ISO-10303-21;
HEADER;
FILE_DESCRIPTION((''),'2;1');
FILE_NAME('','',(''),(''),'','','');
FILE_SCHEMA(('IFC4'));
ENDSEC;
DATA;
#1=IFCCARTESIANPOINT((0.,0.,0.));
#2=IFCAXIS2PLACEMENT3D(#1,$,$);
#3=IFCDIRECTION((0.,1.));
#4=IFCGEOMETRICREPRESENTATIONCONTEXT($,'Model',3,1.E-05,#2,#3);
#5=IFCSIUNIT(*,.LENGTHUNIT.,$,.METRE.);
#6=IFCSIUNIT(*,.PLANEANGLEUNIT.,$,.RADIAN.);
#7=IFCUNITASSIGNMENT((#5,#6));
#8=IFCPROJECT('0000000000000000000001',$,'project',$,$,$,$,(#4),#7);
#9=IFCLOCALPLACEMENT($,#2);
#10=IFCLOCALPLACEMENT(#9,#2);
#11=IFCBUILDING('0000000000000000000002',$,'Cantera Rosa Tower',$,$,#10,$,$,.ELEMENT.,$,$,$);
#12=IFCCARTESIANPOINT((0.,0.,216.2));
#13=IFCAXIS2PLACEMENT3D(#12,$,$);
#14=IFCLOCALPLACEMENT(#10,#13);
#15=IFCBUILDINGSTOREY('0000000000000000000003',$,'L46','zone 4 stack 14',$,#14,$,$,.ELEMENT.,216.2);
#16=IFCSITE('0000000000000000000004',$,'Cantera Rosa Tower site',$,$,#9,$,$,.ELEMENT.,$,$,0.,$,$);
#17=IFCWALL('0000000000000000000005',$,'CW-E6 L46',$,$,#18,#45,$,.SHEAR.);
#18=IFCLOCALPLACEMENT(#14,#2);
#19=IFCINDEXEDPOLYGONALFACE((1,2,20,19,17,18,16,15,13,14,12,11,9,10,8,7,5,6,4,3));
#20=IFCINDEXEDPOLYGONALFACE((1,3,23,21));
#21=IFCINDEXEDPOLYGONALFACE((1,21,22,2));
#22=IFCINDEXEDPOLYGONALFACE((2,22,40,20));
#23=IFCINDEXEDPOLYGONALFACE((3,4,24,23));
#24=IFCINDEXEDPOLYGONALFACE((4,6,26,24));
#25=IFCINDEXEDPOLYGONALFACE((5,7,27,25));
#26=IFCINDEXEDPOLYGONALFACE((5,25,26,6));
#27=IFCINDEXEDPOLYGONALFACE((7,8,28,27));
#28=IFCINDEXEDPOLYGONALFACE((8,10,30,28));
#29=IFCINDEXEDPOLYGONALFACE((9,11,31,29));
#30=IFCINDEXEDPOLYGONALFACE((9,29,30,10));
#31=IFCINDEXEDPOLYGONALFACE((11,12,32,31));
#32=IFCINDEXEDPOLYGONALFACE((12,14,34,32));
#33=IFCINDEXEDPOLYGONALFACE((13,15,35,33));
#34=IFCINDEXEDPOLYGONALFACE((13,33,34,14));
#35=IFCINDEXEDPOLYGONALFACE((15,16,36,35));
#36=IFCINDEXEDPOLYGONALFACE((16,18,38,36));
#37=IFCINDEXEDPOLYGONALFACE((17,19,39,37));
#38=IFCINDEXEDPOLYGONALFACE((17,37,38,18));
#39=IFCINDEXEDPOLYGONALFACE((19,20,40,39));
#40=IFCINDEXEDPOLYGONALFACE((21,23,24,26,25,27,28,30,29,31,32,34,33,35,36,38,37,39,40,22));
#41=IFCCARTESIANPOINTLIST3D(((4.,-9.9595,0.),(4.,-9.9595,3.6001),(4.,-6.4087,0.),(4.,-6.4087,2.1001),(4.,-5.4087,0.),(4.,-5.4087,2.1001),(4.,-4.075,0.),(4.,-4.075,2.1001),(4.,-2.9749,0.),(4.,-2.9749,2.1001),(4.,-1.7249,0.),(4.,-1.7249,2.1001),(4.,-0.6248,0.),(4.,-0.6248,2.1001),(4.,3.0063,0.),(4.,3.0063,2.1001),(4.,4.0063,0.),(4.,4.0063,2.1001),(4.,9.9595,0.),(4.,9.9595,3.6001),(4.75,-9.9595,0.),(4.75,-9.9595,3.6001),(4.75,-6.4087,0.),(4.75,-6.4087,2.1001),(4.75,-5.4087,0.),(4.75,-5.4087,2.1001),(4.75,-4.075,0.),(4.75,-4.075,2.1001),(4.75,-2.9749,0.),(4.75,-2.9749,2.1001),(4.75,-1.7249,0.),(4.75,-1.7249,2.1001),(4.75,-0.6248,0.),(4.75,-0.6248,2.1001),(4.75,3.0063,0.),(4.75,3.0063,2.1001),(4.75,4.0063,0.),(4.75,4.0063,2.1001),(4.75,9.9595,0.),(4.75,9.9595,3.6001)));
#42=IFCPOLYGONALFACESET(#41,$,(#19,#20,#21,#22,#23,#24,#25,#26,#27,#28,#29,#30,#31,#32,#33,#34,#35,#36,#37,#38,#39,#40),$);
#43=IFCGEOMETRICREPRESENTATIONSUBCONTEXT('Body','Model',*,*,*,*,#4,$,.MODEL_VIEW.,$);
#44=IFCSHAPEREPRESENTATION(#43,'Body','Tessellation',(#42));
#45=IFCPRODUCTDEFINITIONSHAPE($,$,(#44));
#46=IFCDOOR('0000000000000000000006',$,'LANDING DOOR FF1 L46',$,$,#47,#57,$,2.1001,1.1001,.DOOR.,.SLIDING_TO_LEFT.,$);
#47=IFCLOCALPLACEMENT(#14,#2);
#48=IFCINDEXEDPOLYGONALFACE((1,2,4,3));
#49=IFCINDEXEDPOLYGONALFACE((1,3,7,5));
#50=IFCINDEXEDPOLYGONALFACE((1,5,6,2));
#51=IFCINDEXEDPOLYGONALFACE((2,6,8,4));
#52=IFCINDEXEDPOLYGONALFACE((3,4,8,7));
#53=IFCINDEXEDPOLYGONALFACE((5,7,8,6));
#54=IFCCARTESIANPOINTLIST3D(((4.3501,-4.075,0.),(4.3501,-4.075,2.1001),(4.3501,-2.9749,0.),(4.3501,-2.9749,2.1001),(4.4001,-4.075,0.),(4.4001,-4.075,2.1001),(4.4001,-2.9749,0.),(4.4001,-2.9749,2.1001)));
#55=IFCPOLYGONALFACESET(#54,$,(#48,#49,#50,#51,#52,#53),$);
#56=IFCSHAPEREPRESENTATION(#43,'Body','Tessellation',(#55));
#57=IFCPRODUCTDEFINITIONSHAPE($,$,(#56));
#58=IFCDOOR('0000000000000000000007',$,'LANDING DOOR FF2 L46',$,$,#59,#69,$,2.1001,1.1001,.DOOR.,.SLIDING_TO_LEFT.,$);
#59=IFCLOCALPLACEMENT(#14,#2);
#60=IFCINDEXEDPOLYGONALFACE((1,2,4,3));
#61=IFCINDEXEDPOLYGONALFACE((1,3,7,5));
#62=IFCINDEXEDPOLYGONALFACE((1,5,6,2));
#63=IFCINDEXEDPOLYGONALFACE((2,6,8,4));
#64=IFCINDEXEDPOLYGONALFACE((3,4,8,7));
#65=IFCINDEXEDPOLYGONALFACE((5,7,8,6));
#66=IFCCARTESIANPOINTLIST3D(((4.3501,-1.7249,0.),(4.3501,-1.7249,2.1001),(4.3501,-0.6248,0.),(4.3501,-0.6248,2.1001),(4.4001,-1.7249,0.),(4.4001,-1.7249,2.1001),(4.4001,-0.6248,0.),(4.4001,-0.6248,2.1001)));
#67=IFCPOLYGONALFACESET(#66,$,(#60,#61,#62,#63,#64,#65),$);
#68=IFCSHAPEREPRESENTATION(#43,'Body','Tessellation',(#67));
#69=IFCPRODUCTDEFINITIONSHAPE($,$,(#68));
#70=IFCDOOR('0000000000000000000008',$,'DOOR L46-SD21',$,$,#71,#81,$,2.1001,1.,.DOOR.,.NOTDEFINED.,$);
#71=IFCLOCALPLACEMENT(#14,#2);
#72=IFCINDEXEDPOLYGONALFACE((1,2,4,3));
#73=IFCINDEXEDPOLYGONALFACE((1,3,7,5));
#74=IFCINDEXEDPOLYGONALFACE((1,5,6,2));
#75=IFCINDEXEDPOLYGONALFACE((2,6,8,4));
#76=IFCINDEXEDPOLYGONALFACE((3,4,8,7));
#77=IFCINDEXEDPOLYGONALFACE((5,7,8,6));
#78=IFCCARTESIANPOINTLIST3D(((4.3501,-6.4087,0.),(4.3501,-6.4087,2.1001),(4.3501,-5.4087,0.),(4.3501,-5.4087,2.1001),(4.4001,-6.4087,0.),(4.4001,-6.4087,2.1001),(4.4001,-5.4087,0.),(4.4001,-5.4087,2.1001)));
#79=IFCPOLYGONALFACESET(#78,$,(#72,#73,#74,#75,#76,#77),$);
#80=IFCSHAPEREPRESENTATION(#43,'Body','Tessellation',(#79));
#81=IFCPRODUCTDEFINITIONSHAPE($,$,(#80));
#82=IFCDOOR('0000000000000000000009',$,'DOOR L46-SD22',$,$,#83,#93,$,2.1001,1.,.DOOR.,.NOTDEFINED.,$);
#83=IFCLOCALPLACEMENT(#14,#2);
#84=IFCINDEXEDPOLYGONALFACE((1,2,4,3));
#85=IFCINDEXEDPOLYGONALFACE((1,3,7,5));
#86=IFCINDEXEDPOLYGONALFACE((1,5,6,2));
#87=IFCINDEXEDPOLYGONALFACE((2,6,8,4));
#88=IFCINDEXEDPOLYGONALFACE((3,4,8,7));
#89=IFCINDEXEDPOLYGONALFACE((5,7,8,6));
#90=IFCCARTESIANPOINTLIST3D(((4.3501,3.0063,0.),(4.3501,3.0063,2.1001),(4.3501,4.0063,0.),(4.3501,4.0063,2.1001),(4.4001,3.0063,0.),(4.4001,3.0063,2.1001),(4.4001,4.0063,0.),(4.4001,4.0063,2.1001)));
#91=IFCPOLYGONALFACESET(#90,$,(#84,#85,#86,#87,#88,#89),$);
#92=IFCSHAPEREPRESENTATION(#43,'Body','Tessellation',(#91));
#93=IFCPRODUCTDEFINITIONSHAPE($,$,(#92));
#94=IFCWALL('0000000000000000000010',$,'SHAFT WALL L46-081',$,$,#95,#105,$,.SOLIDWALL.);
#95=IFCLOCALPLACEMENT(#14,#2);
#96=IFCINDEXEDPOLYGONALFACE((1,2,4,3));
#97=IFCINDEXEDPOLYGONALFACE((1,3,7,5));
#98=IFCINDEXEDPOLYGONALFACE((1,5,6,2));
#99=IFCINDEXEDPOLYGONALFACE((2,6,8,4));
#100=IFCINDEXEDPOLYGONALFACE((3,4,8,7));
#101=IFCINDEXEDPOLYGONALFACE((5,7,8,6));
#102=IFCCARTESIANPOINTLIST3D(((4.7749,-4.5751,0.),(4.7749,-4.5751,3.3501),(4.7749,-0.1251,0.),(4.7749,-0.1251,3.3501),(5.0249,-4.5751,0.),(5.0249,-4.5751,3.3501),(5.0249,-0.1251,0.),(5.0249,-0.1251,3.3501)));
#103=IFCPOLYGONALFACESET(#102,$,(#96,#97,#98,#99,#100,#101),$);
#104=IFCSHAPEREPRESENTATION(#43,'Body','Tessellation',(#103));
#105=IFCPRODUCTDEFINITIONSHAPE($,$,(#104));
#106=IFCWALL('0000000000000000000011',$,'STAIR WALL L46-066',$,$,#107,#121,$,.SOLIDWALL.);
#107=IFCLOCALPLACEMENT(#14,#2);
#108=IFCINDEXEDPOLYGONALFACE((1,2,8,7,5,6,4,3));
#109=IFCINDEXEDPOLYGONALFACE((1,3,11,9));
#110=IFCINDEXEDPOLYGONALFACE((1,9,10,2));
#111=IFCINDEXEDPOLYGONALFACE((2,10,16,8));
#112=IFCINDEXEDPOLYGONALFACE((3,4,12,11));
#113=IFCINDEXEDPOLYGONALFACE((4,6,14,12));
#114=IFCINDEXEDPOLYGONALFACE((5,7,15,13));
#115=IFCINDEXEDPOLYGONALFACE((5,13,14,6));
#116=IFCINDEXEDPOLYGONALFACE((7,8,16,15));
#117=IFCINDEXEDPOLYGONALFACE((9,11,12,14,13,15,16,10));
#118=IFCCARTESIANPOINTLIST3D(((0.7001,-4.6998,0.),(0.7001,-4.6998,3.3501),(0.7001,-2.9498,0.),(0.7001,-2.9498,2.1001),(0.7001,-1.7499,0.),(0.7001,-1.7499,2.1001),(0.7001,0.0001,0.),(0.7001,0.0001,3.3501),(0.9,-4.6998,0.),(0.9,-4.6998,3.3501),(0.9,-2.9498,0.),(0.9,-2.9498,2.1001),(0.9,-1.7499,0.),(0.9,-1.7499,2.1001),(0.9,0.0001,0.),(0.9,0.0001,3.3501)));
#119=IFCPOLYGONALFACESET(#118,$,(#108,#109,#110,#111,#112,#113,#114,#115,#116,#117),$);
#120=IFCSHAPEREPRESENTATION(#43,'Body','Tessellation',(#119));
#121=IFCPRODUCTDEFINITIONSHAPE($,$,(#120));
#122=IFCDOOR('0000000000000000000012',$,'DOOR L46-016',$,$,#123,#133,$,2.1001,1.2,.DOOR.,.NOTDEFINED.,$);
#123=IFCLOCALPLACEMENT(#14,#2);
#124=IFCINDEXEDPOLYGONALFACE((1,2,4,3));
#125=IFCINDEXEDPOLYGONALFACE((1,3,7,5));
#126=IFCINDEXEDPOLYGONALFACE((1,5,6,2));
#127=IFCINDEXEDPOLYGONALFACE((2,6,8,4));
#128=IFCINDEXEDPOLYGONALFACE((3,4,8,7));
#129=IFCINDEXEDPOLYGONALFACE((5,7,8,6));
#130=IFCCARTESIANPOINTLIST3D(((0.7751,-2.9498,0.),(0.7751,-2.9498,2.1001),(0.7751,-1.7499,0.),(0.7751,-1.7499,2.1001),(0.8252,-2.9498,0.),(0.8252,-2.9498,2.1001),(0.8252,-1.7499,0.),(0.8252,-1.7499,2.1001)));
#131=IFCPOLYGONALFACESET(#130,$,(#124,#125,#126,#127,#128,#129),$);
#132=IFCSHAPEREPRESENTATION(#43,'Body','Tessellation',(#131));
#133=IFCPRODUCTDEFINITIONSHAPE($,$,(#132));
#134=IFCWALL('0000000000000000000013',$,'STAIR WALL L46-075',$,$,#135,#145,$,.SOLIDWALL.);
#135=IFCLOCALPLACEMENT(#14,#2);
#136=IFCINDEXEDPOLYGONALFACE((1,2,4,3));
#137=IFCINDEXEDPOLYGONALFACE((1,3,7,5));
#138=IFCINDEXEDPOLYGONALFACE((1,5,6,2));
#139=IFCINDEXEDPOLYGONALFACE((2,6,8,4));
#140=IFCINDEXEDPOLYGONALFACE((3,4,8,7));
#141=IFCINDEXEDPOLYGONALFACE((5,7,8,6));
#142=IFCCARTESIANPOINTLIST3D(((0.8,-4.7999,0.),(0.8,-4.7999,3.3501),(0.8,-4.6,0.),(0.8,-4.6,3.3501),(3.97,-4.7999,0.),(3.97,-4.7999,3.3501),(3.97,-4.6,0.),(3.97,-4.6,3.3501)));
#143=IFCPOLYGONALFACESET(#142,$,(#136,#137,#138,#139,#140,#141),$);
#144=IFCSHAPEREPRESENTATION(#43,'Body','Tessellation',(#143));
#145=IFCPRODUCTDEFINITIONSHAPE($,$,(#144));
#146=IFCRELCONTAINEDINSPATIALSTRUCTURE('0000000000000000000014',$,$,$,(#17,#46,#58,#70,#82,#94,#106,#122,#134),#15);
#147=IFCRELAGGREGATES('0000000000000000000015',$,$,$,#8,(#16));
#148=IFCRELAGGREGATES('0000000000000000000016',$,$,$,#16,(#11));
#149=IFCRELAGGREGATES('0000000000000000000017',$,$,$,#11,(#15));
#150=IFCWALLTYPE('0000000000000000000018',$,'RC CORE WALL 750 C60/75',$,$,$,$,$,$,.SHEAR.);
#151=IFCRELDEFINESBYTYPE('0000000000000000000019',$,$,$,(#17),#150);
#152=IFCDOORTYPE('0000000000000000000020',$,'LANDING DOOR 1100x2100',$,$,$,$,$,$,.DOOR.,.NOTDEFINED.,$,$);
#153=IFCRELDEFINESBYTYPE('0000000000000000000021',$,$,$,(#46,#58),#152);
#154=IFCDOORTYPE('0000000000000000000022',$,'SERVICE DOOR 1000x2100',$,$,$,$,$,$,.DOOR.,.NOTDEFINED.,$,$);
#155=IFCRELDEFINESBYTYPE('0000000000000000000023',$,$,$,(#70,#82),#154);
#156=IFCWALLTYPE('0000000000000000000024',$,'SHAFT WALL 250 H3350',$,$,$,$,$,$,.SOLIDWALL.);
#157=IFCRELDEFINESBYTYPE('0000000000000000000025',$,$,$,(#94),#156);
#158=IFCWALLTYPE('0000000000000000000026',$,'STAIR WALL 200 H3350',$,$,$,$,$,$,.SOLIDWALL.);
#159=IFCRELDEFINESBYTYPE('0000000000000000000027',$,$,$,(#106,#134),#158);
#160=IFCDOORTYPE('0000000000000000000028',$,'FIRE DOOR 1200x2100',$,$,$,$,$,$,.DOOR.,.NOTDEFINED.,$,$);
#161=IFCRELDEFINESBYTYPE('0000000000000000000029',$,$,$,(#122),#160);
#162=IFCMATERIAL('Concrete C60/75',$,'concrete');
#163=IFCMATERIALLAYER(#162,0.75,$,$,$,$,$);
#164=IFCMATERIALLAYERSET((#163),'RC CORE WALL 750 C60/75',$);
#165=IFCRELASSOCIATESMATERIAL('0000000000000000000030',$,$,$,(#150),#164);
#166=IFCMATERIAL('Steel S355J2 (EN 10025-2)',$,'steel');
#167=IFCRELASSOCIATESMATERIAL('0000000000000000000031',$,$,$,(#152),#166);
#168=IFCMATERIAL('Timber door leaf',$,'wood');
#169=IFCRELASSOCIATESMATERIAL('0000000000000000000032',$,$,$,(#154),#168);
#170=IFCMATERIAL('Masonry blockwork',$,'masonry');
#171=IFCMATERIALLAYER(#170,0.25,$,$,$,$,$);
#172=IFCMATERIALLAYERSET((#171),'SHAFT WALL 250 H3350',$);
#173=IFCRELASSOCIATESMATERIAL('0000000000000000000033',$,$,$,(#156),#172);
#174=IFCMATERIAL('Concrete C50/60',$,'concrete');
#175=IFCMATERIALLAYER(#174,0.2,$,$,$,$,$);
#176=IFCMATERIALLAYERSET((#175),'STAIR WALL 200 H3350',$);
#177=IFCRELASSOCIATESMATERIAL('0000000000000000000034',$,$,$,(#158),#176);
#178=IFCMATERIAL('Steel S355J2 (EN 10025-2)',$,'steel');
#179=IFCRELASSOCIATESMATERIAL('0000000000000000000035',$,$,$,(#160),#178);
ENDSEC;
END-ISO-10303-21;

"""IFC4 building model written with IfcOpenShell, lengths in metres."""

from ifc_helpers import new_model, si_unit, direction, frame, frame_2d, origin, place, context, subcontext, project, spatial, rectangle, extrude, material, layer, layer_set, type_object, element, fill, save


model = new_model("IFC4")

# Units and contexts
model_context = context("Model", 3, precision=1e-05, world=origin(), true_north=direction((0.0, 1.0)))
body_context = subcontext(model_context, "Body", "Model", "MODEL_VIEW")
ifc_project = project(units=[si_unit("LENGTHUNIT", "METRE"), si_unit("PLANEANGLEUNIT", "RADIAN")], contexts=[model_context])

# Site, building, storey
site_placement = place(None, origin())
site = spatial("IfcSite", under=ifc_project, at=site_placement, Name="Cantera Rosa Tower site", CompositionType="ELEMENT", RefElevation=0.0)
building_placement = place(site_placement, origin())
building = spatial("IfcBuilding", under=site, at=building_placement, Name="Cantera Rosa Tower", CompositionType="ELEMENT")
storey_placement = place(building_placement, frame((0.0, 0.0, 216.2)))
storey = spatial("IfcBuildingStorey", under=building, at=storey_placement, Name="L46", Description="zone 4 stack 14", CompositionType="ELEMENT", Elevation=216.2)

# Shared definitions
ifc_material_1 = material(Name="Concrete C60/75", Category="concrete")
ifc_layer_1 = layer(ifc_material_1, 0.75)
ifc_layer_set_1 = layer_set([ifc_layer_1], Name="RC CORE WALL 750 C60/75")
wall_type_1 = type_object("IfcWallType", Name="RC CORE WALL 750 C60/75", PredefinedType="SHEAR", material=ifc_layer_set_1)

# Wall, openings, doors
wall_1_placement = place(storey_placement, frame((4.375, -9.9595, 0.0), z_axis=(0.0, 0.0, 1.0), x_axis=(0.0, 1.0, 0.0)))
wall_1 = element("IfcWall", 1, at=wall_1_placement, inside=storey, type_object=wall_type_1, Name="CW-E6 L46", PredefinedType="SHEAR", context=body_context, shape_type="SweptSolid", body=[
    extrude(rectangle(XDim=19.9189, YDim=0.75, at=frame_2d((9.9595, 0.0))), origin(), (0.0, 0.0, 1.0), 3.6001),
])
opening_1_placement = place(wall_1_placement, frame((5.8845, 0.0, 0.0)))
opening_1 = element("IfcOpeningElement", 2, at=opening_1_placement, cuts=wall_1, PredefinedType="OPENING", context=body_context, shape_type="SweptSolid", body=[
    extrude(rectangle(XDim=1.1001, YDim=2.1001, at=frame_2d((0.55, 1.05))), frame((0.0, 0.385, 0.0), z_axis=(0.0, -1.0, 0.0), x_axis=(1.0, 0.0, 0.0)), (0.0, 0.0, 1.0), 0.77),
])
opening_2_placement = place(wall_1_placement, frame((8.2346, 0.0, 0.0)))
opening_2 = element("IfcOpeningElement", 3, at=opening_2_placement, cuts=wall_1, PredefinedType="OPENING", context=body_context, shape_type="SweptSolid", body=[
    extrude(rectangle(XDim=1.1001, YDim=2.1001, at=frame_2d((0.55, 1.05))), frame((0.0, 0.385, 0.0), z_axis=(0.0, -1.0, 0.0), x_axis=(1.0, 0.0, 0.0)), (0.0, 0.0, 1.0), 0.77),
])
opening_3_placement = place(wall_1_placement, frame((3.5508, 0.0, 0.0)))
opening_3 = element("IfcOpeningElement", 4, at=opening_3_placement, cuts=wall_1, PredefinedType="OPENING", context=body_context, shape_type="SweptSolid", body=[
    extrude(rectangle(XDim=1.0, YDim=2.1001, at=frame_2d((0.5, 1.05))), frame((0.0, 0.385, 0.0), z_axis=(0.0, -1.0, 0.0), x_axis=(1.0, 0.0, 0.0)), (0.0, 0.0, 1.0), 0.77),
])
opening_4_placement = place(wall_1_placement, frame((12.9658, 0.0, 0.0)))
opening_4 = element("IfcOpeningElement", 5, at=opening_4_placement, cuts=wall_1, PredefinedType="OPENING", context=body_context, shape_type="SweptSolid", body=[
    extrude(rectangle(XDim=1.0, YDim=2.1001, at=frame_2d((0.5, 1.05))), frame((0.0, 0.385, 0.0), z_axis=(0.0, -1.0, 0.0), x_axis=(1.0, 0.0, 0.0)), (0.0, 0.0, 1.0), 0.77),
])
ifc_material_2 = material(Name="Steel S355J2 (EN 10025-2)", Category="steel")
door_type_1 = type_object("IfcDoorType", Name="LANDING DOOR 1100x2100", OperationType="NOTDEFINED", PredefinedType="DOOR", material=ifc_material_2)
door_1_placement = place(opening_1_placement, origin())
door_1 = element("IfcDoor", 6, at=door_1_placement, inside=storey, type_object=door_type_1, Name="LANDING DOOR FF1 L46", OperationType="SLIDING_TO_LEFT", OverallHeight=2.1001, OverallWidth=1.1001, PredefinedType="DOOR", context=body_context, shape_type="SweptSolid", body=[
    extrude(rectangle(XDim=1.1001, YDim=2.1001, at=frame_2d((0.55, 1.05))), frame((0.0, 0.0249, 0.0), z_axis=(0.0, -1.0, 0.0), x_axis=(1.0, 0.0, 0.0)), (0.0, 0.0, 1.0), 0.05),
])
fill(opening_1, door_1)
door_2_placement = place(opening_2_placement, origin())
door_2 = element("IfcDoor", 7, at=door_2_placement, inside=storey, type_object=door_type_1, Name="LANDING DOOR FF2 L46", OperationType="SLIDING_TO_LEFT", OverallHeight=2.1001, OverallWidth=1.1001, PredefinedType="DOOR", context=body_context, shape_type="SweptSolid", body=[
    extrude(rectangle(XDim=1.1001, YDim=2.1001, at=frame_2d((0.55, 1.05))), frame((0.0, 0.0249, 0.0), z_axis=(0.0, -1.0, 0.0), x_axis=(1.0, 0.0, 0.0)), (0.0, 0.0, 1.0), 0.05),
])
fill(opening_2, door_2)
ifc_material_3 = material(Name="Timber door leaf", Category="wood")
door_type_2 = type_object("IfcDoorType", Name="SERVICE DOOR 1000x2100", OperationType="NOTDEFINED", PredefinedType="DOOR", material=ifc_material_3)
door_3_placement = place(opening_3_placement, origin())
door_3 = element("IfcDoor", 8, at=door_3_placement, inside=storey, type_object=door_type_2, Name="DOOR L46-SD21", OperationType="NOTDEFINED", OverallHeight=2.1001, OverallWidth=1.0, PredefinedType="DOOR", context=body_context, shape_type="SweptSolid", body=[
    extrude(rectangle(XDim=1.0, YDim=2.1001, at=frame_2d((0.5, 1.05))), frame((0.0, 0.0249, 0.0), z_axis=(0.0, -1.0, 0.0), x_axis=(1.0, 0.0, 0.0)), (0.0, 0.0, 1.0), 0.05),
])
fill(opening_3, door_3)
door_4_placement = place(opening_4_placement, origin())
door_4 = element("IfcDoor", 9, at=door_4_placement, inside=storey, type_object=door_type_2, Name="DOOR L46-SD22", OperationType="NOTDEFINED", OverallHeight=2.1001, OverallWidth=1.0, PredefinedType="DOOR", context=body_context, shape_type="SweptSolid", body=[
    extrude(rectangle(XDim=1.0, YDim=2.1001, at=frame_2d((0.5, 1.05))), frame((0.0, 0.0249, 0.0), z_axis=(0.0, -1.0, 0.0), x_axis=(1.0, 0.0, 0.0)), (0.0, 0.0, 1.0), 0.05),
])
fill(opening_4, door_4)

# Wall
ifc_material_4 = material(Name="Masonry blockwork", Category="masonry")
ifc_layer_2 = layer(ifc_material_4, 0.25)
ifc_layer_set_2 = layer_set([ifc_layer_2], Name="SHAFT WALL 250 H3350")
wall_type_2 = type_object("IfcWallType", Name="SHAFT WALL 250 H3350", PredefinedType="SOLIDWALL", material=ifc_layer_set_2)
wall_2_placement = place(storey_placement, frame((4.8999, -0.125, 0.0), z_axis=(0.0, 0.0, 1.0), x_axis=(0.0, -1.0, 0.0)))
element("IfcWall", 10, at=wall_2_placement, inside=storey, type_object=wall_type_2, Name="SHAFT WALL L46-081", PredefinedType="SOLIDWALL", context=body_context, shape_type="SweptSolid", body=[
    extrude(rectangle(XDim=4.45, YDim=0.25, at=frame_2d((2.2251, 0.0))), origin(), (0.0, 0.0, 1.0), 3.3501),
])

# Wall, opening, door
ifc_material_5 = material(Name="Concrete C50/60", Category="concrete")
ifc_layer_3 = layer(ifc_material_5, 0.2)
ifc_layer_set_3 = layer_set([ifc_layer_3], Name="STAIR WALL 200 H3350")
wall_type_3 = type_object("IfcWallType", Name="STAIR WALL 200 H3350", PredefinedType="SOLIDWALL", material=ifc_layer_set_3)
wall_3_placement = place(storey_placement, frame((0.8, -4.7, 0.0), z_axis=(0.0, 0.0, 1.0), x_axis=(0.0, 1.0, 0.0)))
wall_3 = element("IfcWall", 11, at=wall_3_placement, inside=storey, type_object=wall_type_3, Name="STAIR WALL L46-066", PredefinedType="SOLIDWALL", context=body_context, shape_type="SweptSolid", body=[
    extrude(rectangle(XDim=4.7, YDim=0.2, at=frame_2d((2.3501, 0.0))), origin(), (0.0, 0.0, 1.0), 3.3501),
])
opening_5_placement = place(wall_3_placement, frame((1.75, 0.0, 0.0)))
opening_5 = element("IfcOpeningElement", 12, at=opening_5_placement, cuts=wall_3, PredefinedType="OPENING", context=body_context, shape_type="SweptSolid", body=[
    extrude(rectangle(XDim=1.2, YDim=2.1001, at=frame_2d((0.6001, 1.05))), frame((0.0, 0.1099, 0.0), z_axis=(0.0, -1.0, 0.0), x_axis=(1.0, 0.0, 0.0)), (0.0, 0.0, 1.0), 0.22),
])
ifc_material_6 = material(Name="Steel S355J2 (EN 10025-2)", Category="steel")
door_type_3 = type_object("IfcDoorType", Name="FIRE DOOR 1200x2100", OperationType="NOTDEFINED", PredefinedType="DOOR", material=ifc_material_6)
door_5_placement = place(opening_5_placement, origin())
door_5 = element("IfcDoor", 13, at=door_5_placement, inside=storey, type_object=door_type_3, Name="DOOR L46-016", OperationType="NOTDEFINED", OverallHeight=2.1001, OverallWidth=1.2, PredefinedType="DOOR", context=body_context, shape_type="SweptSolid", body=[
    extrude(rectangle(XDim=1.2, YDim=2.1001, at=frame_2d((0.6001, 1.05))), frame((0.0, 0.0249, 0.0), z_axis=(0.0, -1.0, 0.0), x_axis=(1.0, 0.0, 0.0)), (0.0, 0.0, 1.0), 0.05),
])
fill(opening_5, door_5)

# Wall
wall_4_placement = place(storey_placement, frame((3.97, -4.7, 0.0), z_axis=(0.0, 0.0, 1.0), x_axis=(-1.0, 0.0, 0.0)))
element("IfcWall", 14, at=wall_4_placement, inside=storey, type_object=wall_type_3, Name="STAIR WALL L46-075", PredefinedType="SOLIDWALL", context=body_context, shape_type="SweptSolid", body=[
    extrude(rectangle(XDim=3.1699, YDim=0.2, at=frame_2d((1.585, 0.0))), origin(), (0.0, 0.0, 1.0), 3.3501),
])

save(model, "model.ifc")
